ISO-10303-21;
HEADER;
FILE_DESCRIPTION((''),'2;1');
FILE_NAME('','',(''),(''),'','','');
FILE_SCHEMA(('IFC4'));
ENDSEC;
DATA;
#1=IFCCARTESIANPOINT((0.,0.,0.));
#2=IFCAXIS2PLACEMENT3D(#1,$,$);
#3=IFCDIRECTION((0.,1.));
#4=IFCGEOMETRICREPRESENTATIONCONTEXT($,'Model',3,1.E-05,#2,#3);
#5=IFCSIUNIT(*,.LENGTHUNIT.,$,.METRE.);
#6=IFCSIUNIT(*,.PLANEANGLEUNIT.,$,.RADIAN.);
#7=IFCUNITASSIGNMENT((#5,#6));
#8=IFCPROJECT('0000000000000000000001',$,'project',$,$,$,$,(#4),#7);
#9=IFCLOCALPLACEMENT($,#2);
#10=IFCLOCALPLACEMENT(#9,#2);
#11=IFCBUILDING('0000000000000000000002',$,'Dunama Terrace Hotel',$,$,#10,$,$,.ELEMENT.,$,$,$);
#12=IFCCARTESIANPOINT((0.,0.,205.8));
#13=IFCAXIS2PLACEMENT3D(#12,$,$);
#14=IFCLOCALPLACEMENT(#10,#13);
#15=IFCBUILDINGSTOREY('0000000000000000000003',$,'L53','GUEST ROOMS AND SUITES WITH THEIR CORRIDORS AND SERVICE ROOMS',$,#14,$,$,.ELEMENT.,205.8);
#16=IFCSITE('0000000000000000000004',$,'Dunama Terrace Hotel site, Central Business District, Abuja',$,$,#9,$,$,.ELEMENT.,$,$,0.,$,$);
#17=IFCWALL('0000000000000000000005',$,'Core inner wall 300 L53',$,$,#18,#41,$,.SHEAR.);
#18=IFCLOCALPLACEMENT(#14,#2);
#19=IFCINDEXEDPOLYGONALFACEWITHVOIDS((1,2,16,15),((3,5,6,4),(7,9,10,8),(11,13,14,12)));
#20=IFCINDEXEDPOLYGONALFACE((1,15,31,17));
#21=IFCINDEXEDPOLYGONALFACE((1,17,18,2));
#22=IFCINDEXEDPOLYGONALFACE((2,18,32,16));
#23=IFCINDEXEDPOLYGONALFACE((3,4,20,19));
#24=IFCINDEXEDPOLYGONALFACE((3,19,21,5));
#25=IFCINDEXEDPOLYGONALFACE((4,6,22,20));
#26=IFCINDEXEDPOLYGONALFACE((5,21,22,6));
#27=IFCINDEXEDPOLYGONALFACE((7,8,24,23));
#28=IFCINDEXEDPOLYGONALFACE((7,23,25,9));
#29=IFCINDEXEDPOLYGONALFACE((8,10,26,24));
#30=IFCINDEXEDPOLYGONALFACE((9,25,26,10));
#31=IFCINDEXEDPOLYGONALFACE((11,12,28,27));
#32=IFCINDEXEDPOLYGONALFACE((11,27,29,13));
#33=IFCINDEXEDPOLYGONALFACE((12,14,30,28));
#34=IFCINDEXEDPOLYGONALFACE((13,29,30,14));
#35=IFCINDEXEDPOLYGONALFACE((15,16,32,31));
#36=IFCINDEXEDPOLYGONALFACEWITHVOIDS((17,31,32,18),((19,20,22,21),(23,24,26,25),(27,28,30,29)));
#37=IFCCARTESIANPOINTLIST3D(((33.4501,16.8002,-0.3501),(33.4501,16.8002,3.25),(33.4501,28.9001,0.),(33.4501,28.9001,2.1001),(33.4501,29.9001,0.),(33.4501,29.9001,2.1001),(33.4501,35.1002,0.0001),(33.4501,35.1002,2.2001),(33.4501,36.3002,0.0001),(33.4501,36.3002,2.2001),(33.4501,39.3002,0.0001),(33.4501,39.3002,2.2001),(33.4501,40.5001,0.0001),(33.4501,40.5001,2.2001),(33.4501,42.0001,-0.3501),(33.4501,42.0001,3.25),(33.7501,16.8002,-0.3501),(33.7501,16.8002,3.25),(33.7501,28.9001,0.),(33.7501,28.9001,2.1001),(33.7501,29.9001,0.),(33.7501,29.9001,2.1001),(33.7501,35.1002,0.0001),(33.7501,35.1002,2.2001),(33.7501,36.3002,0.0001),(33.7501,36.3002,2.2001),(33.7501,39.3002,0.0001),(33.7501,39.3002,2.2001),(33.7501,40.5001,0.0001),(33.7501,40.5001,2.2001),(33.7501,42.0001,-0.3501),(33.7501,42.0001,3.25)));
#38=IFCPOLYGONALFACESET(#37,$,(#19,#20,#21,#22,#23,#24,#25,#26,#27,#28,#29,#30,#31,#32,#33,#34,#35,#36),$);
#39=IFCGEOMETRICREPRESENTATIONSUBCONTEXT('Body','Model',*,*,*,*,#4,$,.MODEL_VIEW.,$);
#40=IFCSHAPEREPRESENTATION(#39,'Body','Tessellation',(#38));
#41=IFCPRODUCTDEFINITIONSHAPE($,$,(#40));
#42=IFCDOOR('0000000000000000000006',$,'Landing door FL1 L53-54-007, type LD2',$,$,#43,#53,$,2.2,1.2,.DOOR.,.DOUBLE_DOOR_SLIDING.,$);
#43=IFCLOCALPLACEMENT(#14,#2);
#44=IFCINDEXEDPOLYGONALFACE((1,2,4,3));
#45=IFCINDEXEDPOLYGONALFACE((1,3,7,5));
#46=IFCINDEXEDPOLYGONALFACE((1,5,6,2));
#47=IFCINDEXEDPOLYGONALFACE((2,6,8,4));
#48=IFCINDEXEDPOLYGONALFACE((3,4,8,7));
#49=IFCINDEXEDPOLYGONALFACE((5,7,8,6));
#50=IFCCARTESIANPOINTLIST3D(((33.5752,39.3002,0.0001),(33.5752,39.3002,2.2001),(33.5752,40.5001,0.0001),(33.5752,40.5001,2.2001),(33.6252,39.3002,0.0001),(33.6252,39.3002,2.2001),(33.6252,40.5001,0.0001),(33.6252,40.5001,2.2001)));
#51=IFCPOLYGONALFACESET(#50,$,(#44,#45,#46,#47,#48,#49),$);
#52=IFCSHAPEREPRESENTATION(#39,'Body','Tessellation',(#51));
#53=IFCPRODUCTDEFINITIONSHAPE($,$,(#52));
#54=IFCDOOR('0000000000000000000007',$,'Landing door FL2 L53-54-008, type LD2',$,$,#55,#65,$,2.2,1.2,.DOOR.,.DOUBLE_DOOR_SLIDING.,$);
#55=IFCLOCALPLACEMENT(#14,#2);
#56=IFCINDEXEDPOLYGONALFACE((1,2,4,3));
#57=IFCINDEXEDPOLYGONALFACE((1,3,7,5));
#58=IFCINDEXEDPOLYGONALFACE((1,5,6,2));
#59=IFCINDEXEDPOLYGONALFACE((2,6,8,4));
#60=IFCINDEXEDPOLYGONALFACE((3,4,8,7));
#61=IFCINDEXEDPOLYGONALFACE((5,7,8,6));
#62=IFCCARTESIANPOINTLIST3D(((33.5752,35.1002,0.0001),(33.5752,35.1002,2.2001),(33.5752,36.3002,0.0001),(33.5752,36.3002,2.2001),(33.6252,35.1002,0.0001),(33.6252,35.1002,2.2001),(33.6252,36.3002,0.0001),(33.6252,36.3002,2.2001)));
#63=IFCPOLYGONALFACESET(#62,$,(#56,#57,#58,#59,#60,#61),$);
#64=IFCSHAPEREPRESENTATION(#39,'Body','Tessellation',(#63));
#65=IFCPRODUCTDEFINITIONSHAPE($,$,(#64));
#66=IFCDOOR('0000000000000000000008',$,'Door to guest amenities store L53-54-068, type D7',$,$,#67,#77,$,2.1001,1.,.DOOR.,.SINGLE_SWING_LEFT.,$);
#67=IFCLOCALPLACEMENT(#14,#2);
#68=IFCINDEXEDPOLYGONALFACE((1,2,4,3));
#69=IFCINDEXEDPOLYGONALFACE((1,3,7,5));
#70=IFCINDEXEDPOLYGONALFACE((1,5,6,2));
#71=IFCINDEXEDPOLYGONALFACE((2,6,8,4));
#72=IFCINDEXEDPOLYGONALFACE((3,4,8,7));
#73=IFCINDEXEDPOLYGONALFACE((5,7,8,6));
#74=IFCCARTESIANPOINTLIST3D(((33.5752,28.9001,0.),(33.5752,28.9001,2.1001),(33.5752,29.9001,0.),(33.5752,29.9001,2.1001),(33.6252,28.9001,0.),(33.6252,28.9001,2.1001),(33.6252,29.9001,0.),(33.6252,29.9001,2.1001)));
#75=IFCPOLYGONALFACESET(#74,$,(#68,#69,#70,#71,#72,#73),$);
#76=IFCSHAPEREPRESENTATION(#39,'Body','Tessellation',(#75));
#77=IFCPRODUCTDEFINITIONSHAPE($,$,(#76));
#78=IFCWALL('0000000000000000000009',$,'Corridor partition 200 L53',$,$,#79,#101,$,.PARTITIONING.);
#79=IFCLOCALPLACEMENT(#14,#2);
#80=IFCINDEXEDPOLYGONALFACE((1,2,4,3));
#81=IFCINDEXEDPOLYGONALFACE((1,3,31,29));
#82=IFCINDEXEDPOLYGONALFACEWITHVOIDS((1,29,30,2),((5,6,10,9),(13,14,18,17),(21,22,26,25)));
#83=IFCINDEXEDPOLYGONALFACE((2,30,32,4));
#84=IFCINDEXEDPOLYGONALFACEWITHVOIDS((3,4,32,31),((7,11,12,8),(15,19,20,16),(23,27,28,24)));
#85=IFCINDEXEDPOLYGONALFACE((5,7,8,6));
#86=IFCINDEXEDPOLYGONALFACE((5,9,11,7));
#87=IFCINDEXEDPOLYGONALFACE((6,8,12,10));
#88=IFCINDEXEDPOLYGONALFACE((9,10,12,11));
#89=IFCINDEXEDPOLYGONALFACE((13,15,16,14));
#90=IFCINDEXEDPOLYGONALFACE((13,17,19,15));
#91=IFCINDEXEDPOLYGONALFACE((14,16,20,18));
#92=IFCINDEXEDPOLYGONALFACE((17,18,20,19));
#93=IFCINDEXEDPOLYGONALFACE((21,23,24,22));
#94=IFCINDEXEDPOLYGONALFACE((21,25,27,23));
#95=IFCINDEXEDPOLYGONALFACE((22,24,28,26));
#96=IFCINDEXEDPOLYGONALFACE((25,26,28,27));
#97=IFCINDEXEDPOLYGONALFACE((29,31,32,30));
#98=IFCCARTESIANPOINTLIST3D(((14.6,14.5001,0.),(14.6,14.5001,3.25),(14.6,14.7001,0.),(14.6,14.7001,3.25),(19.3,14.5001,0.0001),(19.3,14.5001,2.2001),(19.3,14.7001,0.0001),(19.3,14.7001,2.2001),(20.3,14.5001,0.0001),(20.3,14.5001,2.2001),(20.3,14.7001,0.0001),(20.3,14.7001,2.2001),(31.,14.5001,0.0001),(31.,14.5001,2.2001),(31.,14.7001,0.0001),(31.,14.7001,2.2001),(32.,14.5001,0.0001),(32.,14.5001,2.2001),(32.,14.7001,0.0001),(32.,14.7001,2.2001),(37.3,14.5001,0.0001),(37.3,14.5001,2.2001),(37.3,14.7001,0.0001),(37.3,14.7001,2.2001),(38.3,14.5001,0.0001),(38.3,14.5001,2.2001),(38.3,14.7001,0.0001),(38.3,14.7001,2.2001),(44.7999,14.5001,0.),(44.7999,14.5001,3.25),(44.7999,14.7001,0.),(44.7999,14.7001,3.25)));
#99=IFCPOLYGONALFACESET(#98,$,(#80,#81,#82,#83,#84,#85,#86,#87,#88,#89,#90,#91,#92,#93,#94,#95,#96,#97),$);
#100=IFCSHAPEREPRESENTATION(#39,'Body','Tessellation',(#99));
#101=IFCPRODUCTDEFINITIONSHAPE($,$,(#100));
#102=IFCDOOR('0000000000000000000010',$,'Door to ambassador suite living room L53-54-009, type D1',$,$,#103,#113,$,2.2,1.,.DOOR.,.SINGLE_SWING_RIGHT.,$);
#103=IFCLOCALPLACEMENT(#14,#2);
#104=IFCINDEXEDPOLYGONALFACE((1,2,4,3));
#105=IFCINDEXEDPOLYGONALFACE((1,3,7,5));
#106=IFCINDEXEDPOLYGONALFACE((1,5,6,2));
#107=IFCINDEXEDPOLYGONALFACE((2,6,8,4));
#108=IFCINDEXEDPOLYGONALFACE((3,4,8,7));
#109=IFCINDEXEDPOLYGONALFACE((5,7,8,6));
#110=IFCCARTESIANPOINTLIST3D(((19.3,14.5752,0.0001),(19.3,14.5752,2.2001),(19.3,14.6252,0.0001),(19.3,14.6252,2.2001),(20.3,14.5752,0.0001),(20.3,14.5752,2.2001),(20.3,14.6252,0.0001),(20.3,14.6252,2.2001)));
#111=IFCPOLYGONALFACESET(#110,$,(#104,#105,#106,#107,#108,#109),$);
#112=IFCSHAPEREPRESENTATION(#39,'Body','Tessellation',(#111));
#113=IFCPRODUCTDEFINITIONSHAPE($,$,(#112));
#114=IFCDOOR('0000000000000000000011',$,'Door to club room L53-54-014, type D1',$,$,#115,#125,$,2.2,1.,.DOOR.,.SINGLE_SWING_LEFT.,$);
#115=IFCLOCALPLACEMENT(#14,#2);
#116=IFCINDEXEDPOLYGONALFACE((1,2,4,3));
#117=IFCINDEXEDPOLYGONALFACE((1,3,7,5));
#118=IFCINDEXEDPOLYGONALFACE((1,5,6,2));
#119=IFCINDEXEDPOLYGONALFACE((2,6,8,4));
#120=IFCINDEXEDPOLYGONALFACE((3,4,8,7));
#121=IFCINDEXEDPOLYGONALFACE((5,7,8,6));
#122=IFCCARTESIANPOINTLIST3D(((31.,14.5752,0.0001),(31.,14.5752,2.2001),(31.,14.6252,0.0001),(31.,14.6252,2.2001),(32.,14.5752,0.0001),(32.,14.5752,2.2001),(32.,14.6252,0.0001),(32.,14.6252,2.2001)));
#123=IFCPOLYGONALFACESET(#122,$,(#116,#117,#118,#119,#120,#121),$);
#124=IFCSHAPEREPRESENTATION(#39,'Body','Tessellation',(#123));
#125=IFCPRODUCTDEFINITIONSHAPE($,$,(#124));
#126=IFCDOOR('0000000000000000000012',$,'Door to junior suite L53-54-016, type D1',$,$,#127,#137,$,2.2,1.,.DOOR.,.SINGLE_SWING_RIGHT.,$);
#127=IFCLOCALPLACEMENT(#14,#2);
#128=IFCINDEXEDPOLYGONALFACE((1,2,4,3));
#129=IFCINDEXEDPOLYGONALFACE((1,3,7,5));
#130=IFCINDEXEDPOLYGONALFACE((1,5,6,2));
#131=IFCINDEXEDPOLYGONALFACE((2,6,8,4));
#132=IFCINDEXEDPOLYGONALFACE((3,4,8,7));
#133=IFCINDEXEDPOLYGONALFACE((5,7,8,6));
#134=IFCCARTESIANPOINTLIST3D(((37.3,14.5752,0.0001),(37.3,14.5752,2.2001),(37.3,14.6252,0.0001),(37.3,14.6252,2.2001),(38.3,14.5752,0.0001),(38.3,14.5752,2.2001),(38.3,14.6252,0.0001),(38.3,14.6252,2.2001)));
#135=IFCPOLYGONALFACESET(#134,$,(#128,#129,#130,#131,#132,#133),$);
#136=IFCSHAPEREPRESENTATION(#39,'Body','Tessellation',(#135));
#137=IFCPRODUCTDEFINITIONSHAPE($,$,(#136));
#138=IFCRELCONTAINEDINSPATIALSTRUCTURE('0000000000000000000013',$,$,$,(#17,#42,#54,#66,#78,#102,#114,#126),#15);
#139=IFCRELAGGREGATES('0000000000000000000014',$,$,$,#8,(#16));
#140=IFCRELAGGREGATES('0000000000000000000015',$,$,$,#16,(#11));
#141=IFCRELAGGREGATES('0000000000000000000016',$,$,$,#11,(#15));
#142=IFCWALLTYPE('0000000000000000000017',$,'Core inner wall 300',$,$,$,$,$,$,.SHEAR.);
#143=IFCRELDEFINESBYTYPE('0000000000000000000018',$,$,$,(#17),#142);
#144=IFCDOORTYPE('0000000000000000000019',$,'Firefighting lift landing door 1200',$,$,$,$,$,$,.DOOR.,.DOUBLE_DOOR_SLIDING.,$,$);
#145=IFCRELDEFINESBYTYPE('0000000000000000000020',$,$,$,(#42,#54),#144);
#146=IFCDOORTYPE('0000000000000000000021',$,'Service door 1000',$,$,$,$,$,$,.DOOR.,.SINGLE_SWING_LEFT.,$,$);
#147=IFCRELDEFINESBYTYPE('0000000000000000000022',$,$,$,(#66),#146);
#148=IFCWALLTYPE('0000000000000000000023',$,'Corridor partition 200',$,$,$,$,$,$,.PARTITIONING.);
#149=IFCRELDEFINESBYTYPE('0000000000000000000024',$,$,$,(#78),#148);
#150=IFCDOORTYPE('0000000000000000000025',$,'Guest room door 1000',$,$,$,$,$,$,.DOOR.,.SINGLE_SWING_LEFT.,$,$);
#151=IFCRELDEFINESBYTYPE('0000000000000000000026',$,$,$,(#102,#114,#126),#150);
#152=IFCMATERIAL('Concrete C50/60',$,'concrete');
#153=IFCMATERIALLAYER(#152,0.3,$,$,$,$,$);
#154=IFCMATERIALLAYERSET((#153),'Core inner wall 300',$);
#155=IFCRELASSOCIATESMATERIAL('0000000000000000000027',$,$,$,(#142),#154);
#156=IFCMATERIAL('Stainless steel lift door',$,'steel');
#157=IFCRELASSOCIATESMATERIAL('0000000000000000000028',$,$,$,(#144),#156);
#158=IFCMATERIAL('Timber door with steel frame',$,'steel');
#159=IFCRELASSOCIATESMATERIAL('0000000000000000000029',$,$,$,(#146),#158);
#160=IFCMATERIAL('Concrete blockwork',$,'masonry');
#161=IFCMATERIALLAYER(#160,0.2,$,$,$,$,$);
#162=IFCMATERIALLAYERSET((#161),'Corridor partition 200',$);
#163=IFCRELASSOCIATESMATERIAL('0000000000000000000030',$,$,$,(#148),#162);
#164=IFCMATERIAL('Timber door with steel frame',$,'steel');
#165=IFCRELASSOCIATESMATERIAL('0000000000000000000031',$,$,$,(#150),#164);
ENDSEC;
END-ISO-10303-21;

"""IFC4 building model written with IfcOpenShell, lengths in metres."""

from ifc_helpers import new_model, si_unit, direction, frame, frame_2d, origin, place, context, subcontext, project, spatial, rectangle, extrude, material, layer, layer_set, type_object, element, fill, save


model = new_model("IFC4")

# Units and contexts
model_context = context("Model", 3, precision=1e-05, world=origin(), true_north=direction((0.0, 1.0)))
body_context = subcontext(model_context, "Body", "Model", "MODEL_VIEW")
ifc_project = project(units=[si_unit("LENGTHUNIT", "METRE"), si_unit("PLANEANGLEUNIT", "RADIAN")], contexts=[model_context])

# Site, building, storey
site_placement = place(None, origin())
site = spatial("IfcSite", under=ifc_project, at=site_placement, Name="Dunama Terrace Hotel site, Central Business District, Abuja", CompositionType="ELEMENT", RefElevation=0.0)
building_placement = place(site_placement, origin())
building = spatial("IfcBuilding", under=site, at=building_placement, Name="Dunama Terrace Hotel", CompositionType="ELEMENT")
storey_placement = place(building_placement, frame((0.0, 0.0, 205.8)))
storey = spatial("IfcBuildingStorey", under=building, at=storey_placement, Name="L53", Description="GUEST ROOMS AND SUITES WITH THEIR CORRIDORS AND SERVICE ROOMS", CompositionType="ELEMENT", Elevation=205.8)

# Walls, openings, doors
ifc_material_1 = material(Name="Concrete C50/60", Category="concrete")
ifc_layer_1 = layer(ifc_material_1, 0.3)
ifc_layer_set_1 = layer_set([ifc_layer_1], Name="Core inner wall 300")
wall_type_1 = type_object("IfcWallType", Name="Core inner wall 300", PredefinedType="SHEAR", material=ifc_layer_set_1)
wall_1_placement = place(storey_placement, frame((33.6001, 16.8, -0.3501), z_axis=(0.0, 0.0, 1.0), x_axis=(0.0, 1.0, 0.0)))
wall_1 = element("IfcWall", 1, at=wall_1_placement, inside=storey, type_object=wall_type_1, Name="Core inner wall 300 L53", PredefinedType="SHEAR", context=body_context, shape_type="SweptSolid", body=[
    extrude(rectangle(XDim=25.2, YDim=0.3, at=frame_2d((12.6001, 0.0))), origin(), (0.0, 0.0, 1.0), 3.6001),
])
opening_1_placement = place(wall_1_placement, frame((22.5, 0.0, 0.3501)))
opening_1 = element("IfcOpeningElement", 2, at=opening_1_placement, cuts=wall_1, PredefinedType="OPENING", context=body_context, shape_type="SweptSolid", body=[
    extrude(rectangle(XDim=1.2, YDim=2.2, at=frame_2d((0.6001, 1.1001))), frame((0.0, 0.1599, 0.0), z_axis=(0.0, -1.0, 0.0), x_axis=(1.0, 0.0, 0.0)), (0.0, 0.0, 1.0), 0.3201),
])
opening_2_placement = place(wall_1_placement, frame((18.3, 0.0, 0.3501)))
opening_2 = element("IfcOpeningElement", 3, at=opening_2_placement, cuts=wall_1, PredefinedType="OPENING", context=body_context, shape_type="SweptSolid", body=[
    extrude(rectangle(XDim=1.2, YDim=2.2, at=frame_2d((0.6001, 1.1001))), frame((0.0, 0.1599, 0.0), z_axis=(0.0, -1.0, 0.0), x_axis=(1.0, 0.0, 0.0)), (0.0, 0.0, 1.0), 0.3201),
])
opening_3_placement = place(wall_1_placement, frame((12.1001, 0.0, 0.3501)))
opening_3 = element("IfcOpeningElement", 4, at=opening_3_placement, cuts=wall_1, PredefinedType="OPENING", context=body_context, shape_type="SweptSolid", body=[
    extrude(rectangle(XDim=1.0, YDim=2.1001, at=frame_2d((0.5, 1.05))), frame((0.0, 0.1599, 0.0), z_axis=(0.0, -1.0, 0.0), x_axis=(1.0, 0.0, 0.0)), (0.0, 0.0, 1.0), 0.3201),
])
ifc_material_2 = material(Name="Stainless steel lift door", Category="steel")
door_type_1 = type_object("IfcDoorType", Name="Firefighting lift landing door 1200", OperationType="DOUBLE_DOOR_SLIDING", PredefinedType="DOOR", material=ifc_material_2)
door_1_placement = place(opening_1_placement, origin())
door_1 = element("IfcDoor", 5, at=door_1_placement, inside=storey, type_object=door_type_1, Name="Landing door FL1 L53-54-007, type LD2", OperationType="DOUBLE_DOOR_SLIDING", OverallHeight=2.2, OverallWidth=1.2, PredefinedType="DOOR", context=body_context, shape_type="SweptSolid", body=[
    extrude(rectangle(XDim=1.2, YDim=2.2, at=frame_2d((0.6001, 1.1001))), frame((0.0, 0.0249, 0.0), z_axis=(0.0, -1.0, 0.0), x_axis=(1.0, 0.0, 0.0)), (0.0, 0.0, 1.0), 0.05),
])
fill(opening_1, door_1)
door_2_placement = place(opening_2_placement, origin())
door_2 = element("IfcDoor", 6, at=door_2_placement, inside=storey, type_object=door_type_1, Name="Landing door FL2 L53-54-008, type LD2", OperationType="DOUBLE_DOOR_SLIDING", OverallHeight=2.2, OverallWidth=1.2, PredefinedType="DOOR", context=body_context, shape_type="SweptSolid", body=[
    extrude(rectangle(XDim=1.2, YDim=2.2, at=frame_2d((0.6001, 1.1001))), frame((0.0, 0.0249, 0.0), z_axis=(0.0, -1.0, 0.0), x_axis=(1.0, 0.0, 0.0)), (0.0, 0.0, 1.0), 0.05),
])
fill(opening_2, door_2)
ifc_material_3 = material(Name="Timber door with steel frame", Category="steel")
door_type_2 = type_object("IfcDoorType", Name="Service door 1000", OperationType="SINGLE_SWING_LEFT", PredefinedType="DOOR", material=ifc_material_3)
door_3_placement = place(opening_3_placement, origin())
door_3 = element("IfcDoor", 7, at=door_3_placement, inside=storey, type_object=door_type_2, Name="Door to guest amenities store L53-54-068, type D7", OperationType="SINGLE_SWING_LEFT", OverallHeight=2.1001, OverallWidth=1.0, PredefinedType="DOOR", context=body_context, shape_type="SweptSolid", body=[
    extrude(rectangle(XDim=1.0, YDim=2.1001, at=frame_2d((0.5, 1.05))), frame((0.0, 0.0249, 0.0), z_axis=(0.0, -1.0, 0.0), x_axis=(1.0, 0.0, 0.0)), (0.0, 0.0, 1.0), 0.05),
])
fill(opening_3, door_3)
ifc_material_4 = material(Name="Concrete blockwork", Category="masonry")
ifc_layer_2 = layer(ifc_material_4, 0.2)
ifc_layer_set_2 = layer_set([ifc_layer_2], Name="Corridor partition 200")
wall_type_2 = type_object("IfcWallType", Name="Corridor partition 200", PredefinedType="PARTITIONING", material=ifc_layer_set_2)
wall_2_placement = place(storey_placement, frame((44.8, 14.6001, 0.0), z_axis=(0.0, 0.0, 1.0), x_axis=(-1.0, 0.0, 0.0)))
wall_2 = element("IfcWall", 8, at=wall_2_placement, inside=storey, type_object=wall_type_2, Name="Corridor partition 200 L53", PredefinedType="PARTITIONING", context=body_context, shape_type="SweptSolid", body=[
    extrude(rectangle(XDim=30.2, YDim=0.2, at=frame_2d((15.1001, 0.0))), origin(), (0.0, 0.0, 1.0), 3.25),
])
opening_4_placement = place(wall_2_placement, frame((24.5, 0.0, 0.0)))
opening_4 = element("IfcOpeningElement", 9, at=opening_4_placement, cuts=wall_2, PredefinedType="OPENING", context=body_context, shape_type="SweptSolid", body=[
    extrude(rectangle(XDim=1.0, YDim=2.2, at=frame_2d((0.5, 1.1001))), frame((0.0, 0.1099, 0.0), z_axis=(0.0, -1.0, 0.0), x_axis=(1.0, 0.0, 0.0)), (0.0, 0.0, 1.0), 0.22),
])
opening_5_placement = place(wall_2_placement, frame((12.8, 0.0, 0.0)))
opening_5 = element("IfcOpeningElement", 10, at=opening_5_placement, cuts=wall_2, PredefinedType="OPENING", context=body_context, shape_type="SweptSolid", body=[
    extrude(rectangle(XDim=1.0, YDim=2.2, at=frame_2d((0.5, 1.1001))), frame((0.0, 0.1099, 0.0), z_axis=(0.0, -1.0, 0.0), x_axis=(1.0, 0.0, 0.0)), (0.0, 0.0, 1.0), 0.22),
])
opening_6_placement = place(wall_2_placement, frame((6.5, 0.0, 0.0)))
opening_6 = element("IfcOpeningElement", 11, at=opening_6_placement, cuts=wall_2, PredefinedType="OPENING", context=body_context, shape_type="SweptSolid", body=[
    extrude(rectangle(XDim=1.0, YDim=2.2, at=frame_2d((0.5, 1.1001))), frame((0.0, 0.1099, 0.0), z_axis=(0.0, -1.0, 0.0), x_axis=(1.0, 0.0, 0.0)), (0.0, 0.0, 1.0), 0.22),
])
ifc_material_5 = material(Name="Timber door with steel frame", Category="steel")
door_type_3 = type_object("IfcDoorType", Name="Guest room door 1000", OperationType="SINGLE_SWING_LEFT", PredefinedType="DOOR", material=ifc_material_5)
door_4_placement = place(opening_4_placement, origin())
door_4 = element("IfcDoor", 12, at=door_4_placement, inside=storey, type_object=door_type_3, Name="Door to ambassador suite living room L53-54-009, type D1", OperationType="SINGLE_SWING_RIGHT", OverallHeight=2.2, OverallWidth=1.0, PredefinedType="DOOR", context=body_context, shape_type="SweptSolid", body=[
    extrude(rectangle(XDim=1.0, YDim=2.2, at=frame_2d((0.5, 1.1001))), frame((0.0, 0.0249, 0.0), z_axis=(0.0, -1.0, 0.0), x_axis=(1.0, 0.0, 0.0)), (0.0, 0.0, 1.0), 0.05),
])
fill(opening_4, door_4)
door_5_placement = place(opening_5_placement, origin())
door_5 = element("IfcDoor", 13, at=door_5_placement, inside=storey, type_object=door_type_3, Name="Door to club room L53-54-014, type D1", OperationType="SINGLE_SWING_LEFT", OverallHeight=2.2, OverallWidth=1.0, PredefinedType="DOOR", context=body_context, shape_type="SweptSolid", body=[
    extrude(rectangle(XDim=1.0, YDim=2.2, at=frame_2d((0.5, 1.1001))), frame((0.0, 0.0249, 0.0), z_axis=(0.0, -1.0, 0.0), x_axis=(1.0, 0.0, 0.0)), (0.0, 0.0, 1.0), 0.05),
])
fill(opening_5, door_5)
door_6_placement = place(opening_6_placement, origin())
door_6 = element("IfcDoor", 14, at=door_6_placement, inside=storey, type_object=door_type_3, Name="Door to junior suite L53-54-016, type D1", OperationType="SINGLE_SWING_RIGHT", OverallHeight=2.2, OverallWidth=1.0, PredefinedType="DOOR", context=body_context, shape_type="SweptSolid", body=[
    extrude(rectangle(XDim=1.0, YDim=2.2, at=frame_2d((0.5, 1.1001))), frame((0.0, 0.0249, 0.0), z_axis=(0.0, -1.0, 0.0), x_axis=(1.0, 0.0, 0.0)), (0.0, 0.0, 1.0), 0.05),
])
fill(opening_6, door_6)

save(model, "model.ifc")
